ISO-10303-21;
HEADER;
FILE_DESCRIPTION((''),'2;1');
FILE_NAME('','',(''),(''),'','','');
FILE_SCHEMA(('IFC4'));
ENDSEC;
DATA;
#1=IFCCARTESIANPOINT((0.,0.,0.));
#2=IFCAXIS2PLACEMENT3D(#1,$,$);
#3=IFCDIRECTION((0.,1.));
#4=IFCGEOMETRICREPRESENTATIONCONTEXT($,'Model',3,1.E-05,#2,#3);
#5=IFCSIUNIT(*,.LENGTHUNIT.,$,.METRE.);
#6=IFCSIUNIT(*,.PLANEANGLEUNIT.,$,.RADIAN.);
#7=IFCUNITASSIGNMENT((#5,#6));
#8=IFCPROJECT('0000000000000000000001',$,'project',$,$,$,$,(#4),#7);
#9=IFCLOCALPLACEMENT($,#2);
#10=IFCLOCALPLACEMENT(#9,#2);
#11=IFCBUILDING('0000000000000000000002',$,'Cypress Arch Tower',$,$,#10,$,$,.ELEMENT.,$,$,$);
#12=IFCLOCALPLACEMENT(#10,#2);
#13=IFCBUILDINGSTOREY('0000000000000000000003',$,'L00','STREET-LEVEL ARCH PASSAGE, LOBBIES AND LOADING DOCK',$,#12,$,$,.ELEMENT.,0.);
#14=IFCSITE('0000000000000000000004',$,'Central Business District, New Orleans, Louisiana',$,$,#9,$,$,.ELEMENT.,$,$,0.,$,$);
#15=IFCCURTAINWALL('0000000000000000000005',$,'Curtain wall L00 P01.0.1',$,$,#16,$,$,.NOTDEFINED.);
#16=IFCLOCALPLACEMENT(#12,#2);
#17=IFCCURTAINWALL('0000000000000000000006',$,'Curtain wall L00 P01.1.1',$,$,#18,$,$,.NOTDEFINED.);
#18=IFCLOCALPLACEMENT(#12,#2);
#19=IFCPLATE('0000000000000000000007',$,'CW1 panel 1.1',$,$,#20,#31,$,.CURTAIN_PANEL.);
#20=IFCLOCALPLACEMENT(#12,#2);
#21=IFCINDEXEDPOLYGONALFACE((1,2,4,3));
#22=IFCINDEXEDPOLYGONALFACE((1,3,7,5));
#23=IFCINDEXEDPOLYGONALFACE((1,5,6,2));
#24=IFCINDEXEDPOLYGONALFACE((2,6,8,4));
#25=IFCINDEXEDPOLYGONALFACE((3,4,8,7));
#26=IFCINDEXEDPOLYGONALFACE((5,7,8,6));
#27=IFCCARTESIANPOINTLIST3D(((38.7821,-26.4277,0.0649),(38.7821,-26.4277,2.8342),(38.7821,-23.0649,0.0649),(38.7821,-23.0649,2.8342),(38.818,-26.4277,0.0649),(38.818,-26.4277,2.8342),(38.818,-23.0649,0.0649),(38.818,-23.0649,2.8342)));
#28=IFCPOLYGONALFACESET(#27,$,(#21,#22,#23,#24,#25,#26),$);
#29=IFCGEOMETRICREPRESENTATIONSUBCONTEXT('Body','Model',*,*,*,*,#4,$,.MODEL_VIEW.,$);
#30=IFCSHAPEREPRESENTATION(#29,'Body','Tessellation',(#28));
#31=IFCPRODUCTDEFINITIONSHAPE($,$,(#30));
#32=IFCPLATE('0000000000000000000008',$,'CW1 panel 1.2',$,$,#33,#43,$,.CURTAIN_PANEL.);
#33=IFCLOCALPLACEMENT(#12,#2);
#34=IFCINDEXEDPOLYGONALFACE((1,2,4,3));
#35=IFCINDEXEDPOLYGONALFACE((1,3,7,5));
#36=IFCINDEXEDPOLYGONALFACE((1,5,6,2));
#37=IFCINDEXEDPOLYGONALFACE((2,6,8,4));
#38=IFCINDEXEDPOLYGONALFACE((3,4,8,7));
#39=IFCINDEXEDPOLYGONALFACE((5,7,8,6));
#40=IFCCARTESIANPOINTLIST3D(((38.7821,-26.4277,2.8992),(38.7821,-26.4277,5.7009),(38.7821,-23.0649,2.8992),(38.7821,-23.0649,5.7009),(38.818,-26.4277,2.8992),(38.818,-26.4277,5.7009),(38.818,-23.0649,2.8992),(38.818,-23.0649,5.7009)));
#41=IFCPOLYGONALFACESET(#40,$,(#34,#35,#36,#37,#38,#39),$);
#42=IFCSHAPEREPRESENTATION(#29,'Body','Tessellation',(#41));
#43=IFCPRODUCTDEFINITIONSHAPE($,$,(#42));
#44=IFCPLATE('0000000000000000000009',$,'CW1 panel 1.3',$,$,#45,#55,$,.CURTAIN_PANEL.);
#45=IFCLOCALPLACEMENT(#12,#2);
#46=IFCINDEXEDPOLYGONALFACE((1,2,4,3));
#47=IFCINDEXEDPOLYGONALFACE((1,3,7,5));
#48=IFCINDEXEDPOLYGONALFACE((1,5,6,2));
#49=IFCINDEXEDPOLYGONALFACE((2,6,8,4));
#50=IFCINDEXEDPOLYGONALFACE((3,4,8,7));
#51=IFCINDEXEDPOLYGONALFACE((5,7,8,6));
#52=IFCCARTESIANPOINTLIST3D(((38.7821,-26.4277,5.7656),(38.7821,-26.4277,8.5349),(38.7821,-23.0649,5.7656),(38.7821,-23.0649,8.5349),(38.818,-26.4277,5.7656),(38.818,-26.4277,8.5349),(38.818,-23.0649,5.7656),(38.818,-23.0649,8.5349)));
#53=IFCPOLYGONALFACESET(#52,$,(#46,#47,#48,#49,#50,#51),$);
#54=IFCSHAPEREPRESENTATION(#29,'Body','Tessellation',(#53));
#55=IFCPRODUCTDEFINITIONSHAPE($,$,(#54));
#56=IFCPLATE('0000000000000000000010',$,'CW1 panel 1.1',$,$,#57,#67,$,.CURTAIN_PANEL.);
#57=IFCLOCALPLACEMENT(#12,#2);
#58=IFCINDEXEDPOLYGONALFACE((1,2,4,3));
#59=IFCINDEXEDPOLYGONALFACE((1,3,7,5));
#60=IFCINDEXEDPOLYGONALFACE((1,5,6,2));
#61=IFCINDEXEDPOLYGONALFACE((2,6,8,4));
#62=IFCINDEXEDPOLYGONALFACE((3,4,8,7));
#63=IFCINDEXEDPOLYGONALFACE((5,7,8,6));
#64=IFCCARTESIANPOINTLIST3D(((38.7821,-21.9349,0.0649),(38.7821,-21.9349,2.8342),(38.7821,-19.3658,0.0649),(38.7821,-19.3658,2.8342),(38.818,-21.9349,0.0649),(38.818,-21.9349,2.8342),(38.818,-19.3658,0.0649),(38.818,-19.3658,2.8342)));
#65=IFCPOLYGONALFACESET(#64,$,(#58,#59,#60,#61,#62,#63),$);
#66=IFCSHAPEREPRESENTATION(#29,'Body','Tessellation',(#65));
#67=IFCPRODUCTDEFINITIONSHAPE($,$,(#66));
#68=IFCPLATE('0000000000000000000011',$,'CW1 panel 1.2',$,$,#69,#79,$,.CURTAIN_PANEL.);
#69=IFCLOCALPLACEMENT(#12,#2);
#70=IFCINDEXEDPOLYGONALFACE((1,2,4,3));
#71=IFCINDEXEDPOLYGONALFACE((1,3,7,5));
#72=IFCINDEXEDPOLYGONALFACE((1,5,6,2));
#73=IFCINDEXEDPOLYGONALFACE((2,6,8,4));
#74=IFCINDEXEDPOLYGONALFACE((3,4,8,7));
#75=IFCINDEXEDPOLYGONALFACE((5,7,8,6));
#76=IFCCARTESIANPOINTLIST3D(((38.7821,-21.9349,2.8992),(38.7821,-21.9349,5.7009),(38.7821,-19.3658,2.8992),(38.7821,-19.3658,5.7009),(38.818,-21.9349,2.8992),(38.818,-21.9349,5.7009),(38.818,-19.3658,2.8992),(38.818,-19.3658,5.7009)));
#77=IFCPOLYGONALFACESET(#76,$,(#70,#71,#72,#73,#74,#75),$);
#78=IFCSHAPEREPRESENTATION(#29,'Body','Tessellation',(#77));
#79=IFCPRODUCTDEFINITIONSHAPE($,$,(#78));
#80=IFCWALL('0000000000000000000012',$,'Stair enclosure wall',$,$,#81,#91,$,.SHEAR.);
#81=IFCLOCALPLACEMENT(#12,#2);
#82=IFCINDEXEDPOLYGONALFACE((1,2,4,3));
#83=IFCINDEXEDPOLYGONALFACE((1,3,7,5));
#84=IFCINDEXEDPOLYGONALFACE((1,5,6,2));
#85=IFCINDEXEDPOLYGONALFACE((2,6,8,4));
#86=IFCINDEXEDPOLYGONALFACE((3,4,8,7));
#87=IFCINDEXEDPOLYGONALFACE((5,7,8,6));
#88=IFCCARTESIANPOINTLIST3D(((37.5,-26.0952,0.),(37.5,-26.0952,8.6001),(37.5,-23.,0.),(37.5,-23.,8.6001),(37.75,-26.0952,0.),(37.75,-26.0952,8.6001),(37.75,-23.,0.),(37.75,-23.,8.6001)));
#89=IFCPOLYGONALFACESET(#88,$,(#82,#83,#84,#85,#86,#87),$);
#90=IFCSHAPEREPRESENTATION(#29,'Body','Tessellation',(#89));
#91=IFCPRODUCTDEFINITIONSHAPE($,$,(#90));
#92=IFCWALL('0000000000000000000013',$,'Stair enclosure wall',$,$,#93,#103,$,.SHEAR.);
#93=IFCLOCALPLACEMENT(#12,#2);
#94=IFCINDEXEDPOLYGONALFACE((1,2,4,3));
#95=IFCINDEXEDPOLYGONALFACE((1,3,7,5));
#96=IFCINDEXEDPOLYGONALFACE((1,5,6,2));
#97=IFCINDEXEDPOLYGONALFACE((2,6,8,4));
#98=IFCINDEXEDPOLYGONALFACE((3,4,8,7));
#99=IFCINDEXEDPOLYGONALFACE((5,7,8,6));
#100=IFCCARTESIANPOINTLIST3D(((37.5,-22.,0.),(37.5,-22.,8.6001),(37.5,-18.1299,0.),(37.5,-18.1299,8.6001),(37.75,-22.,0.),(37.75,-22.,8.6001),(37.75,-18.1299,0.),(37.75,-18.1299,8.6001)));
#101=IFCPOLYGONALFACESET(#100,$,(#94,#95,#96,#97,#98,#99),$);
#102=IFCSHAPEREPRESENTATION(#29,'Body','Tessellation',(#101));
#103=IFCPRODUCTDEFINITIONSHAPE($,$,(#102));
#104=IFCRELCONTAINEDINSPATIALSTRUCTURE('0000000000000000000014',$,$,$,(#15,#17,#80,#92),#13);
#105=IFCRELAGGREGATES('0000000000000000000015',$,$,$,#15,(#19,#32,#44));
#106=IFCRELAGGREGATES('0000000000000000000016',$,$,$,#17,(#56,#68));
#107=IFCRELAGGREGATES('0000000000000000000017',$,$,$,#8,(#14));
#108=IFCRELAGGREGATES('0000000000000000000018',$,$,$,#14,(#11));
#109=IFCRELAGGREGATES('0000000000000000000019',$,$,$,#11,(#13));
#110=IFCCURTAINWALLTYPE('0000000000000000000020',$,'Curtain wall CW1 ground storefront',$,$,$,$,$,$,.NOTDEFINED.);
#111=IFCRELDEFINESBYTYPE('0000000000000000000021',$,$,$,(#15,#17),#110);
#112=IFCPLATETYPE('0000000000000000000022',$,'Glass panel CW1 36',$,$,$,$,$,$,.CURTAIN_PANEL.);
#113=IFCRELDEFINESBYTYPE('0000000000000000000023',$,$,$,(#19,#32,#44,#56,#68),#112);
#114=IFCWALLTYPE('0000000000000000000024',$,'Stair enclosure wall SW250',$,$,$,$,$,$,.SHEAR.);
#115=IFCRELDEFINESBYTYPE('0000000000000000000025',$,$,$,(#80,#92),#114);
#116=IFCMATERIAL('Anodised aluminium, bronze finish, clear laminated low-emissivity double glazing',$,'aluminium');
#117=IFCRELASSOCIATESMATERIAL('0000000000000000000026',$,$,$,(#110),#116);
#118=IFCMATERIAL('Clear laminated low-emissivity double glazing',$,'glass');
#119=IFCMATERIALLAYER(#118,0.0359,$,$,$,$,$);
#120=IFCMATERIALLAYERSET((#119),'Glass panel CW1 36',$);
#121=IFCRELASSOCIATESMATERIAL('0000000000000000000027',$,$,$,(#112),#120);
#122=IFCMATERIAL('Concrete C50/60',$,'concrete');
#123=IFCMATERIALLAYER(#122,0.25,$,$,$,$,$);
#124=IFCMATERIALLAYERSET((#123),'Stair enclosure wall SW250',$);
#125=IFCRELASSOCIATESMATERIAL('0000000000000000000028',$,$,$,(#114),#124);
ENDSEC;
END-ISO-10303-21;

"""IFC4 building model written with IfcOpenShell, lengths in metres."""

from ifc_helpers import new_model, si_unit, direction, frame, frame_2d, origin, origin_2d, place, context, subcontext, project, spatial, rectangle, extrude, material, layer, layer_set, type_object, element, aggregate, save


model = new_model("IFC4")

# Units and contexts
model_context = context("Model", 3, precision=1e-05, world=origin(), true_north=direction((0.0, 1.0)))
body_context = subcontext(model_context, "Body", "Model", "MODEL_VIEW")
ifc_project = project(units=[si_unit("LENGTHUNIT", "METRE"), si_unit("PLANEANGLEUNIT", "RADIAN")], contexts=[model_context])

# Site, building, storey
site_placement = place(None, origin())
site = spatial("IfcSite", under=ifc_project, at=site_placement, Name="Central Business District, New Orleans, Louisiana", CompositionType="ELEMENT", RefElevation=0.0)
building_placement = place(site_placement, origin())
building = spatial("IfcBuilding", under=site, at=building_placement, Name="Cypress Arch Tower", CompositionType="ELEMENT")
storey_placement = place(building_placement, origin())
storey = spatial("IfcBuildingStorey", under=building, at=storey_placement, Name="L00", Description="STREET-LEVEL ARCH PASSAGE, LOBBIES AND LOADING DOCK", CompositionType="ELEMENT", Elevation=0.0)

# Shared definitions
ifc_material_1 = material(Name="Anodised aluminium, bronze finish, clear laminated low-emissivity double glazing", Category="aluminium")
curtain_wall_type = type_object("IfcCurtainWallType", Name="Curtain wall CW1 ground storefront", PredefinedType="NOTDEFINED", material=ifc_material_1)

# Curtain wall
curtain_wall_1_placement = place(storey_placement, origin())
curtain_wall_1 = element("IfcCurtainWall", 1, at=curtain_wall_1_placement, inside=storey, type_object=curtain_wall_type, Name="Curtain wall L00 P01.0.1", PredefinedType="NOTDEFINED")

# Curtain wall
curtain_wall_2_placement = place(storey_placement, origin())
curtain_wall_2 = element("IfcCurtainWall", 2, at=curtain_wall_2_placement, inside=storey, type_object=curtain_wall_type, Name="Curtain wall L00 P01.1.1", PredefinedType="NOTDEFINED")

# Plates
ifc_material_2 = material(Name="Clear laminated low-emissivity double glazing", Category="glass")
ifc_layer_1 = layer(ifc_material_2, 0.0359)
ifc_layer_set_1 = layer_set([ifc_layer_1], Name="Glass panel CW1 36")
plate_type = type_object("IfcPlateType", Name="Glass panel CW1 36", PredefinedType="CURTAIN_PANEL", material=ifc_layer_set_1)
plate_1_placement = place(storey_placement, frame((38.8, -24.7463, 0.0649), z_axis=(0.0, 0.0, 1.0), x_axis=(0.0, 1.0, 0.0)))
plate_1 = element("IfcPlate", 3, at=plate_1_placement, type_object=plate_type, Name="CW1 panel 1.1", PredefinedType="CURTAIN_PANEL", context=body_context, shape_type="SweptSolid", body=[
    extrude(rectangle(XDim=3.3628, YDim=0.0359, at=origin_2d()), origin(), (0.0, 0.0, 1.0), 2.7693),
])
plate_2_placement = place(storey_placement, frame((38.8, -24.7463, 2.8992), z_axis=(0.0, 0.0, 1.0), x_axis=(0.0, 1.0, 0.0)))
plate_2 = element("IfcPlate", 4, at=plate_2_placement, type_object=plate_type, Name="CW1 panel 1.2", PredefinedType="CURTAIN_PANEL", context=body_context, shape_type="SweptSolid", body=[
    extrude(rectangle(XDim=3.3628, YDim=0.0359, at=origin_2d()), origin(), (0.0, 0.0, 1.0), 2.8018),
])
plate_3_placement = place(storey_placement, frame((38.8, -24.7463, 5.7656), z_axis=(0.0, 0.0, 1.0), x_axis=(0.0, 1.0, 0.0)))
plate_3 = element("IfcPlate", 5, at=plate_3_placement, type_object=plate_type, Name="CW1 panel 1.3", PredefinedType="CURTAIN_PANEL", context=body_context, shape_type="SweptSolid", body=[
    extrude(rectangle(XDim=3.3628, YDim=0.0359, at=origin_2d()), origin(), (0.0, 0.0, 1.0), 2.7693),
])
aggregate(curtain_wall_1, [plate_1, plate_2, plate_3])
plate_4_placement = place(storey_placement, frame((38.8, -20.6504, 0.0649), z_axis=(0.0, 0.0, 1.0), x_axis=(0.0, 1.0, 0.0)))
plate_4 = element("IfcPlate", 6, at=plate_4_placement, type_object=plate_type, Name="CW1 panel 1.1", PredefinedType="CURTAIN_PANEL", context=body_context, shape_type="SweptSolid", body=[
    extrude(rectangle(XDim=2.5691, YDim=0.0359, at=origin_2d()), origin(), (0.0, 0.0, 1.0), 2.7693),
])
plate_5_placement = place(storey_placement, frame((38.8, -20.6504, 2.8992), z_axis=(0.0, 0.0, 1.0), x_axis=(0.0, 1.0, 0.0)))
plate_5 = element("IfcPlate", 7, at=plate_5_placement, type_object=plate_type, Name="CW1 panel 1.2", PredefinedType="CURTAIN_PANEL", context=body_context, shape_type="SweptSolid", body=[
    extrude(rectangle(XDim=2.5691, YDim=0.0359, at=origin_2d()), origin(), (0.0, 0.0, 1.0), 2.8018),
])
aggregate(curtain_wall_2, [plate_4, plate_5])

# Walls
ifc_material_3 = material(Name="Concrete C50/60", Category="concrete")
ifc_layer_2 = layer(ifc_material_3, 0.25)
ifc_layer_set_2 = layer_set([ifc_layer_2], Name="Stair enclosure wall SW250")
wall_type = type_object("IfcWallType", Name="Stair enclosure wall SW250", PredefinedType="SHEAR", material=ifc_layer_set_2)
wall_1_placement = place(storey_placement, frame((37.625, -26.0952, 0.0), z_axis=(0.0, 0.0, 1.0), x_axis=(0.0, 1.0, 0.0)))
element("IfcWall", 8, at=wall_1_placement, inside=storey, type_object=wall_type, Name="Stair enclosure wall", PredefinedType="SHEAR", context=body_context, shape_type="SweptSolid", body=[
    extrude(rectangle(XDim=3.0952, YDim=0.25, at=frame_2d((1.5476, 0.0))), origin(), (0.0, 0.0, 1.0), 8.6001),
])
wall_2_placement = place(storey_placement, frame((37.625, -22.0, 0.0), z_axis=(0.0, 0.0, 1.0), x_axis=(0.0, 1.0, 0.0)))
element("IfcWall", 9, at=wall_2_placement, inside=storey, type_object=wall_type, Name="Stair enclosure wall", PredefinedType="SHEAR", context=body_context, shape_type="SweptSolid", body=[
    extrude(rectangle(XDim=3.8701, YDim=0.25, at=frame_2d((1.9351, 0.0))), origin(), (0.0, 0.0, 1.0), 8.6001),
])

save(model, "model.ifc")
